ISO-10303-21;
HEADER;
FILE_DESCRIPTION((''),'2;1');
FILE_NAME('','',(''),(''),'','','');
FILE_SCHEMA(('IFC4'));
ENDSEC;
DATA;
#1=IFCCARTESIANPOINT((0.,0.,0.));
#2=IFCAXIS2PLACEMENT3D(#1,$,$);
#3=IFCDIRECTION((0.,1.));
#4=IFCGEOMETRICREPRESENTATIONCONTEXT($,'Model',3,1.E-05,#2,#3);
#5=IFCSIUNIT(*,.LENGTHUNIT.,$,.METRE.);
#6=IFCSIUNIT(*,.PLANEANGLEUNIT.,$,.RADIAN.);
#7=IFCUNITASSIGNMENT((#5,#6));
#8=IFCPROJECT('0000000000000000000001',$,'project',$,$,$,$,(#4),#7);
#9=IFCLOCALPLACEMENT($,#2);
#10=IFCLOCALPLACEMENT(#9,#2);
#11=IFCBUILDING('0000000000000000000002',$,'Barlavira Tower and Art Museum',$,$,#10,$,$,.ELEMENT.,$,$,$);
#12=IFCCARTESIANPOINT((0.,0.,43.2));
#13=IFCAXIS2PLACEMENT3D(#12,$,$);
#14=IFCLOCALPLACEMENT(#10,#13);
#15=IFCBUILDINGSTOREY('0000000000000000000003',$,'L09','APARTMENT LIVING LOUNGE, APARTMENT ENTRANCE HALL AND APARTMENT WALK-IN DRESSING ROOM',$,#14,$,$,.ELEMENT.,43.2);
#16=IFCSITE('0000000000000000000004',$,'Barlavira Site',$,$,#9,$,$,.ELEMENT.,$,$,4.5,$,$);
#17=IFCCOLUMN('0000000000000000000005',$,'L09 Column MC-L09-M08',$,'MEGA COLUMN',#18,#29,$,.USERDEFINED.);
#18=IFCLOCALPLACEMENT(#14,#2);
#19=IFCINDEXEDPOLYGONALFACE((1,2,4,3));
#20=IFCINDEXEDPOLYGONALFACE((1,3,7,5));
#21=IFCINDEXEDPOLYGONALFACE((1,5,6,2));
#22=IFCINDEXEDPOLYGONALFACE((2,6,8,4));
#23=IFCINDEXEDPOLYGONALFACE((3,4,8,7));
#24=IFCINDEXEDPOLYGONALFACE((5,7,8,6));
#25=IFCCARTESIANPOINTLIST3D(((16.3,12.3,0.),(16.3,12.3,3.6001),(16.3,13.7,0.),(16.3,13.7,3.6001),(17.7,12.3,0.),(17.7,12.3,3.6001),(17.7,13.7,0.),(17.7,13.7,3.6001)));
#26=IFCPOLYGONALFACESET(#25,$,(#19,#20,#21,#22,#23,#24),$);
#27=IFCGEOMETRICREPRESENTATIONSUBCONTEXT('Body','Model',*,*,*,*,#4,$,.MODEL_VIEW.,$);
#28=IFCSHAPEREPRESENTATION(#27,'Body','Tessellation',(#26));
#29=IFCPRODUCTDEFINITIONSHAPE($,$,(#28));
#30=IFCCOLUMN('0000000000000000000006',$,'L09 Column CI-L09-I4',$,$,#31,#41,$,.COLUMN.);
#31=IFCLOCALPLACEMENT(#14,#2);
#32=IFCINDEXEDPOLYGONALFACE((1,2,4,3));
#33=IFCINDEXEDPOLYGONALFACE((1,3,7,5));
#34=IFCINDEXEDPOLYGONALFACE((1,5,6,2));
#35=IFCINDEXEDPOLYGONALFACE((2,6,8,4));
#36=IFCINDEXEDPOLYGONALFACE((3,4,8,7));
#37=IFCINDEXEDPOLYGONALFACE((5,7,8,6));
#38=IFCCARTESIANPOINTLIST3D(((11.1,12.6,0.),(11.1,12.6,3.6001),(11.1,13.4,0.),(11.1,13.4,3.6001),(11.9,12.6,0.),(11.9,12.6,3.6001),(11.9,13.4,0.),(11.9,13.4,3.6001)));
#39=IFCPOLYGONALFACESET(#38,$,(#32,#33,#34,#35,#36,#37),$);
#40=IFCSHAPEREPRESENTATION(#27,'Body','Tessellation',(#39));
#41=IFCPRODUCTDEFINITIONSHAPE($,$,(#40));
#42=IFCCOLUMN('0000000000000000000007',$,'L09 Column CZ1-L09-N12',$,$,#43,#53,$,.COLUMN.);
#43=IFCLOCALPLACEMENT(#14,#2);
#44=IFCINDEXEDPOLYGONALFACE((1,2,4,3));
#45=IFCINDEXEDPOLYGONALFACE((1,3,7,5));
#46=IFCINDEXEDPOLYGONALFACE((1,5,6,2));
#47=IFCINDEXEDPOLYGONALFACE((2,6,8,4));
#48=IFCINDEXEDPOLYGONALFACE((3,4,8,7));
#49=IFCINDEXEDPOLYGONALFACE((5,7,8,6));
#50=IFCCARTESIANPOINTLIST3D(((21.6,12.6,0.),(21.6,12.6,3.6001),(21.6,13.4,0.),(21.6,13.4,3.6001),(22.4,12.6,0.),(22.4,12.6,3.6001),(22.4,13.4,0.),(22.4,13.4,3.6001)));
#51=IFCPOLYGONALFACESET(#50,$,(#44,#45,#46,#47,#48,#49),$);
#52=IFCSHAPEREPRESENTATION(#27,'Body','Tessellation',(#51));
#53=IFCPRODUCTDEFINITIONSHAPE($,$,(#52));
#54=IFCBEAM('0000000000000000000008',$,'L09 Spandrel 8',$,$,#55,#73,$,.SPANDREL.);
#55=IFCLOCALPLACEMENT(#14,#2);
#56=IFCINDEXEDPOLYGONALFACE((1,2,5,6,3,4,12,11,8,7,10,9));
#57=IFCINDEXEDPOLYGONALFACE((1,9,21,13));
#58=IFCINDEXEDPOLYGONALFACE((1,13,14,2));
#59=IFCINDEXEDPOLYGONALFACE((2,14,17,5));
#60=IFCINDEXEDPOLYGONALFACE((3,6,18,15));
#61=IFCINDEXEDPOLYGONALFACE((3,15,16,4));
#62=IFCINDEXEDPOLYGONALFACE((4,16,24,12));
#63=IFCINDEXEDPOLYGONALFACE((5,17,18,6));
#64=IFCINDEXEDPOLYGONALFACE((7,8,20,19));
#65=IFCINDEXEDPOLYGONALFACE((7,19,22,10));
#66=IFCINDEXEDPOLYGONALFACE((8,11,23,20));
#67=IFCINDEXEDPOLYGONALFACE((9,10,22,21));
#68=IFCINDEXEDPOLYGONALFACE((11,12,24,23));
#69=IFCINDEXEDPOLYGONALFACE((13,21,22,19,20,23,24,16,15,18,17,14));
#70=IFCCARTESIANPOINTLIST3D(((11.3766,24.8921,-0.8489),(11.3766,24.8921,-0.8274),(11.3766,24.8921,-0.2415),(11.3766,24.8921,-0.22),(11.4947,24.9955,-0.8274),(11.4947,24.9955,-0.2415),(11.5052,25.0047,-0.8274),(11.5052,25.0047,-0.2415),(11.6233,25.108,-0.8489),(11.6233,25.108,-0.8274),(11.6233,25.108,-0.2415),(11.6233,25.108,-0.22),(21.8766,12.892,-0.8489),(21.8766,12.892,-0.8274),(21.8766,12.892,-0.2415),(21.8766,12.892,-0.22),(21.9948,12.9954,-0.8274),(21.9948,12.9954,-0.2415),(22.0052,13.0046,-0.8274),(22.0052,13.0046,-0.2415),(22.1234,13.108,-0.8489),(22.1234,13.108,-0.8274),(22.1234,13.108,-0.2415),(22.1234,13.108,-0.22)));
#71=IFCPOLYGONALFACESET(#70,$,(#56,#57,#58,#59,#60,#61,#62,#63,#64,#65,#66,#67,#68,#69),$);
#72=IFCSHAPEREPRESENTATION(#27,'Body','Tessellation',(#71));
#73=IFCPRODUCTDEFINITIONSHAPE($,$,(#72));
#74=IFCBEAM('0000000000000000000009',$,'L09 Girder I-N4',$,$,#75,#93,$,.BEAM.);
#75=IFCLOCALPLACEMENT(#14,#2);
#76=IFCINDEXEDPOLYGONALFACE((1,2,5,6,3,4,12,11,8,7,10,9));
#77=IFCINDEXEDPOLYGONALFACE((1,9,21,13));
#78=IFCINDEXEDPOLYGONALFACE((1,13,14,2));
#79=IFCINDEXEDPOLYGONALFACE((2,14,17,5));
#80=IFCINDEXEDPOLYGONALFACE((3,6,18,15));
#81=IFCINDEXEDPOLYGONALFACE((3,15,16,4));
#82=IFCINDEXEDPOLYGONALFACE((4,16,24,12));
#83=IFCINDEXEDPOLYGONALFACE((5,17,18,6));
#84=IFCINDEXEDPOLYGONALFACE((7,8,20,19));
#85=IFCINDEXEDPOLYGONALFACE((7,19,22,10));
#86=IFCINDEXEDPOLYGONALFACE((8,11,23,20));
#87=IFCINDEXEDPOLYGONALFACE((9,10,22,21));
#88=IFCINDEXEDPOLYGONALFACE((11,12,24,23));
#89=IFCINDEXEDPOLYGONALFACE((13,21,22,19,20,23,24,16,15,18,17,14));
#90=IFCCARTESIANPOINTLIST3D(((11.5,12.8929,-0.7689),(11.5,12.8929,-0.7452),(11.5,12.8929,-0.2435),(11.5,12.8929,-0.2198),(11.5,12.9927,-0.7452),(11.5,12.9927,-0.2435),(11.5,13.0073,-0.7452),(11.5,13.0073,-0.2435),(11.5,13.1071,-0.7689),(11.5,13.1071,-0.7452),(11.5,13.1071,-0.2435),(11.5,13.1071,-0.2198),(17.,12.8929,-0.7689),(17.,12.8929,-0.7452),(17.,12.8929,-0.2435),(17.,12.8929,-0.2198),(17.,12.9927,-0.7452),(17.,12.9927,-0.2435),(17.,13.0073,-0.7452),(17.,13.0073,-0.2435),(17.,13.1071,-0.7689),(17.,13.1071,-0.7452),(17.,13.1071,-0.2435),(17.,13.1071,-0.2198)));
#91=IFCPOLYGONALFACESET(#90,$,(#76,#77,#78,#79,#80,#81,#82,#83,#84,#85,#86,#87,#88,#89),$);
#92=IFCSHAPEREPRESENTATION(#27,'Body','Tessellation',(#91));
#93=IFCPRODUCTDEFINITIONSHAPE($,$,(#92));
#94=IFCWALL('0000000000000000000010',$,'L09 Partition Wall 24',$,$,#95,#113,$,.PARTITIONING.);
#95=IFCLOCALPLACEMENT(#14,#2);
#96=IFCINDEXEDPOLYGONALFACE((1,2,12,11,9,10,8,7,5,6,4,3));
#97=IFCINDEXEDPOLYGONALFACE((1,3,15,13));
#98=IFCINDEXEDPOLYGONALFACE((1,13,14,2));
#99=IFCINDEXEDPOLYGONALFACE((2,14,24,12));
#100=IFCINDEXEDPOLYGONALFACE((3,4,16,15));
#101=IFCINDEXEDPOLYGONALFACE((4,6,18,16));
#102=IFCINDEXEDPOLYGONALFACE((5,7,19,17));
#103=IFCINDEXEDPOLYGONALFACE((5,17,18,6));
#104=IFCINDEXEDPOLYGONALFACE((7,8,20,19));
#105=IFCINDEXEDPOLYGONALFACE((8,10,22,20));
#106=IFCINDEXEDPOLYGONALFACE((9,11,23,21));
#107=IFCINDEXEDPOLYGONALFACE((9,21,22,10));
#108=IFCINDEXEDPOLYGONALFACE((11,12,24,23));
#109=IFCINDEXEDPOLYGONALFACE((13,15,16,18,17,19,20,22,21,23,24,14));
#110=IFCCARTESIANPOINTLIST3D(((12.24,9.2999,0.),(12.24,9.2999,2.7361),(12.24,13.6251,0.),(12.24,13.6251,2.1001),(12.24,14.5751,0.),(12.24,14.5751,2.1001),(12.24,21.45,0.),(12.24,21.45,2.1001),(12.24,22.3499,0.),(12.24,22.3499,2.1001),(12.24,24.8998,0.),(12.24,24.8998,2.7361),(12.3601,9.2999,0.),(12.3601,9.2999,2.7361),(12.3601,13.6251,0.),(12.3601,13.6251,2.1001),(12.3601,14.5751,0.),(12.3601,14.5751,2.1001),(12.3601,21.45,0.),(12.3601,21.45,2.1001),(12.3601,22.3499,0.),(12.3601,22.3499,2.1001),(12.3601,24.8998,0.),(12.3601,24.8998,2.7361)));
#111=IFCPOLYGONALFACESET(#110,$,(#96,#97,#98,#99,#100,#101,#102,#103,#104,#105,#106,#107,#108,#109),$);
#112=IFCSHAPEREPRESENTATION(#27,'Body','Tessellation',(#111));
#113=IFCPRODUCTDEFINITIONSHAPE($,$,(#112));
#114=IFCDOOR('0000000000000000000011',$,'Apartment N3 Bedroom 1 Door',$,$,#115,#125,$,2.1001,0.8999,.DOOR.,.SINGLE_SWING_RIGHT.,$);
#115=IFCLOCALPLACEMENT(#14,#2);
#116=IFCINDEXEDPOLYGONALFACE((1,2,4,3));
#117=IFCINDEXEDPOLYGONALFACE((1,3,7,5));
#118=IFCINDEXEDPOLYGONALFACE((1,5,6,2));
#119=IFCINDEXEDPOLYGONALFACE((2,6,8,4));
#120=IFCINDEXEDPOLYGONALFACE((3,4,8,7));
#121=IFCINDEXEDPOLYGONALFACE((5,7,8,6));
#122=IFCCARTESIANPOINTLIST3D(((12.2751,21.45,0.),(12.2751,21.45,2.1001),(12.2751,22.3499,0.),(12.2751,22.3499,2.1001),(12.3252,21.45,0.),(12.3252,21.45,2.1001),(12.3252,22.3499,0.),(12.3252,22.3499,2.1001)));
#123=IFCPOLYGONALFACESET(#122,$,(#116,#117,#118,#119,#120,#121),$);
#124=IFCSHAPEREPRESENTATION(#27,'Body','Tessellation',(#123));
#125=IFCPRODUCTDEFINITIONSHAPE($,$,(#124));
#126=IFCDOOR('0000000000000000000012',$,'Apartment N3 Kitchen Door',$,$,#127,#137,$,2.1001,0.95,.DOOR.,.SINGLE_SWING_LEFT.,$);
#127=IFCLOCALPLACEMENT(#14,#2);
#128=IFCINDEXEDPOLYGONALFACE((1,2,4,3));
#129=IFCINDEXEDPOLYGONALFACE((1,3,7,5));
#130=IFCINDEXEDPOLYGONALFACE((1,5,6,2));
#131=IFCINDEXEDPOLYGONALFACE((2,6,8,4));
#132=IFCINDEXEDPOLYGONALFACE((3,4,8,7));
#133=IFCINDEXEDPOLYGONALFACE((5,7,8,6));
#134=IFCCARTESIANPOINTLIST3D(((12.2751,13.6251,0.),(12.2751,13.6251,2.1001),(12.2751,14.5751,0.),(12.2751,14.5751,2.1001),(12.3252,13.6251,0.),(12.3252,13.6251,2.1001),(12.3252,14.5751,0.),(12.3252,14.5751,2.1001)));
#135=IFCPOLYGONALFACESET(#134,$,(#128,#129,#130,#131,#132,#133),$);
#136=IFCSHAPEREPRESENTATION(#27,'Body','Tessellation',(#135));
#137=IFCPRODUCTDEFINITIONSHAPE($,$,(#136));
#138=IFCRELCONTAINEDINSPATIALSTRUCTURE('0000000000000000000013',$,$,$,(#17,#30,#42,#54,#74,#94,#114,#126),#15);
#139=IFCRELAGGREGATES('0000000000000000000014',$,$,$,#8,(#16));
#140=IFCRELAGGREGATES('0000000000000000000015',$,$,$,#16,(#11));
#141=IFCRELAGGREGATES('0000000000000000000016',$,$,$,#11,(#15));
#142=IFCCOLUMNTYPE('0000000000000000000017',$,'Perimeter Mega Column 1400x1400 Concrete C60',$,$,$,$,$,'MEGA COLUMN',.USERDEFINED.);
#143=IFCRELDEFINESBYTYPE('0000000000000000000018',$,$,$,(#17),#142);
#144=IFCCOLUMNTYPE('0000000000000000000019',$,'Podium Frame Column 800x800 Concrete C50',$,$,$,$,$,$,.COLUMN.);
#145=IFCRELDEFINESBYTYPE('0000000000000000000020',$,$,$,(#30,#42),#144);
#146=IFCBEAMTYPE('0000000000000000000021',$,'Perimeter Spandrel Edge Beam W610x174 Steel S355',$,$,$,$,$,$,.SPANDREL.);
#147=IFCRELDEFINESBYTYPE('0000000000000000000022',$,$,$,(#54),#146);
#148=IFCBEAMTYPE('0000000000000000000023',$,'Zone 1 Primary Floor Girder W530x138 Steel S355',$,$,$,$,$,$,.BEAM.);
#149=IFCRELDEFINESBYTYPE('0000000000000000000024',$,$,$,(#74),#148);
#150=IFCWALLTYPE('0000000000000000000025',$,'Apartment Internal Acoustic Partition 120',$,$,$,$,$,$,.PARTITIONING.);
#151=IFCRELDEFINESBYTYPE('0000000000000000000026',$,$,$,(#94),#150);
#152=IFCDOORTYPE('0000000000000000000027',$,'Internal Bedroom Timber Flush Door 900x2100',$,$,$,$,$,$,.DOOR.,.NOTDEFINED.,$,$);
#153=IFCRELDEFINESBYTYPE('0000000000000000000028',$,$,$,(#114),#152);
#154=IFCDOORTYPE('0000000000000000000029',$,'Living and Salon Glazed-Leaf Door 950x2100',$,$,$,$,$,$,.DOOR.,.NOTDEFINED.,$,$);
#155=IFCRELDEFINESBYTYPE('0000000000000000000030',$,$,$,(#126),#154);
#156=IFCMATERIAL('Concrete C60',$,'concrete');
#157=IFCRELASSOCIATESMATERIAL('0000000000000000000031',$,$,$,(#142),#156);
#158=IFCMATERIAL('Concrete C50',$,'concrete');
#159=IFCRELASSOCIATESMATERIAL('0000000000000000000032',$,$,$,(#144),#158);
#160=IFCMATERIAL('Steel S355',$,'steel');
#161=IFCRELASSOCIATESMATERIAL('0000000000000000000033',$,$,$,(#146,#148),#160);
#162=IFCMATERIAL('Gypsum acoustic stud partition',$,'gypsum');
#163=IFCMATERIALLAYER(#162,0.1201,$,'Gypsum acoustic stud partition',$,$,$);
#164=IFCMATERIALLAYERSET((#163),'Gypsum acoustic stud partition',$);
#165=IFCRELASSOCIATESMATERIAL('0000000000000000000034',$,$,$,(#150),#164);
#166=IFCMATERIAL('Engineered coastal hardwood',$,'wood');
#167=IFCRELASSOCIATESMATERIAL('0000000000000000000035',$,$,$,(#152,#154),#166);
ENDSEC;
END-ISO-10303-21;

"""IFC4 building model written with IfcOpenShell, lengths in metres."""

from ifc_helpers import new_model, si_unit, direction, frame, frame_2d, origin, origin_2d, place, context, subcontext, project, spatial, rectangle, i_section, extrude, material, layer, layer_set, material_profile, profile_set, type_object, element, fill, save


model = new_model("IFC4")

# Units and contexts
model_context = context("Model", 3, precision=1e-05, world=origin(), true_north=direction((0.0, 1.0)))
body_context = subcontext(model_context, "Body", "Model", "MODEL_VIEW")
ifc_project = project(units=[si_unit("LENGTHUNIT", "METRE"), si_unit("PLANEANGLEUNIT", "RADIAN")], contexts=[model_context])

# Site, building, storey
site_placement = place(None, origin())
site = spatial("IfcSite", under=ifc_project, at=site_placement, Name="Barlavira Site", CompositionType="ELEMENT", RefElevation=4.5)
building_placement = place(site_placement, origin())
building = spatial("IfcBuilding", under=site, at=building_placement, Name="Barlavira Tower and Art Museum", CompositionType="ELEMENT")
storey_placement = place(building_placement, frame((0.0, 0.0, 43.2)))
storey = spatial("IfcBuildingStorey", under=building, at=storey_placement, Name="L09", Description="APARTMENT LIVING LOUNGE, APARTMENT ENTRANCE HALL AND APARTMENT WALK-IN DRESSING ROOM", CompositionType="ELEMENT", Elevation=43.2)

# Columns
ifc_material_1 = material(Name="Concrete C60", Category="concrete")
ifc_material_profile_1 = material_profile(ifc_material_1, rectangle(XDim=1.3999, YDim=1.3999, at=origin_2d()), Name="RC-MCOL 1400x1400")
ifc_profile_set_1 = profile_set([ifc_material_profile_1], Name="Concrete C60")
column_type_1 = type_object("IfcColumnType", Name="Perimeter Mega Column 1400x1400 Concrete C60", ElementType="MEGA COLUMN", PredefinedType="USERDEFINED", material=ifc_profile_set_1)
column_placement = place(storey_placement, frame((17.0, 13.0, 0.0), z_axis=(0.0, 0.0, 1.0), x_axis=(1.0, 0.0, 0.0)))
element("IfcColumn", 1, at=column_placement, inside=storey, type_object=column_type_1, Name="L09 Column MC-L09-M08", ObjectType="MEGA COLUMN", PredefinedType="USERDEFINED", context=body_context, shape_type="SweptSolid", body=[
    extrude(rectangle(XDim=1.3999, YDim=1.3999, at=origin_2d()), origin(), (0.0, 0.0, 1.0), 3.6001),
])
ifc_material_2 = material(Name="Concrete C50", Category="concrete")
ifc_material_profile_2 = material_profile(ifc_material_2, rectangle(XDim=0.8, YDim=0.8, at=origin_2d()), Name="RC-COL 800x800")
ifc_profile_set_2 = profile_set([ifc_material_profile_2], Name="Concrete C50")
column_type_2 = type_object("IfcColumnType", Name="Podium Frame Column 800x800 Concrete C50", PredefinedType="COLUMN", material=ifc_profile_set_2)
for number, where, z_axis, x_axis, name in (
    (2, (11.5, 13.0, 0.0), (0.0, 0.0, 1.0), (1.0, 0.0, 0.0), "L09 Column CI-L09-I4"),
    (3, (22.0, 13.0, 0.0), (0.0, 0.0, 1.0), (1.0, 0.0, 0.0), "L09 Column CZ1-L09-N12"),
):
    element("IfcColumn", number, at=place(storey_placement, frame(where, z_axis=z_axis, x_axis=x_axis)), inside=storey, type_object=column_type_2, Name=name, PredefinedType="COLUMN", context=body_context, shape_type="SweptSolid", body=[
        extrude(rectangle(XDim=0.8, YDim=0.8, at=origin_2d()), origin(), (0.0, 0.0, 1.0), 3.6001),
    ])

# Beams
ifc_material_3 = material(Name="Steel S355", Category="steel")
ifc_material_profile_3 = material_profile(ifc_material_3, i_section(OverallWidth=0.3279, OverallDepth=0.6289, WebThickness=0.0139, FlangeThickness=0.0215, at=origin_2d()), Name="W610x174.0")
ifc_profile_set_3 = profile_set([ifc_material_profile_3], Name="Steel S355")
beam_type_1 = type_object("IfcBeamType", Name="Perimeter Spandrel Edge Beam W610x174 Steel S355", PredefinedType="SPANDREL", material=ifc_profile_set_3)
beam_1_placement = place(storey_placement, frame((22.0, 13.0, -0.5344), z_axis=(-0.658505, 0.752577, 0.0), x_axis=(-0.752577, -0.658505, 0.0)))
element("IfcBeam", 4, at=beam_1_placement, inside=storey, type_object=beam_type_1, Name="L09 Spandrel 8", PredefinedType="SPANDREL", context=body_context, shape_type="SweptSolid", body=[
    extrude(i_section(OverallWidth=0.3279, OverallDepth=0.6289, WebThickness=0.0139, FlangeThickness=0.0215, at=origin_2d()), origin(), (0.0, 0.0, 1.0), 15.9453),
])
ifc_material_profile_4 = material_profile(ifc_material_3, i_section(OverallWidth=0.2141, OverallDepth=0.5491, WebThickness=0.0146, FlangeThickness=0.0237, at=origin_2d()), Name="W530x138.0")
ifc_profile_set_4 = profile_set([ifc_material_profile_4], Name="Steel S355")
beam_type_2 = type_object("IfcBeamType", Name="Zone 1 Primary Floor Girder W530x138 Steel S355", PredefinedType="BEAM", material=ifc_profile_set_4)
beam_2_placement = place(storey_placement, frame((11.5, 13.0, -0.4944), z_axis=(1.0, 0.0, 0.0), x_axis=(0.0, 1.0, 0.0)))
element("IfcBeam", 5, at=beam_2_placement, inside=storey, type_object=beam_type_2, Name="L09 Girder I-N4", PredefinedType="BEAM", context=body_context, shape_type="SweptSolid", body=[
    extrude(i_section(OverallWidth=0.2141, OverallDepth=0.5491, WebThickness=0.0146, FlangeThickness=0.0237, at=origin_2d()), origin(), (0.0, 0.0, 1.0), 5.5),
])

# Wall, openings, doors
ifc_material_4 = material(Name="Gypsum acoustic stud partition", Category="gypsum")
ifc_layer_1 = layer(ifc_material_4, 0.1201, Name="Gypsum acoustic stud partition")
ifc_layer_set_1 = layer_set([ifc_layer_1], Name="Gypsum acoustic stud partition")
wall_type_1 = type_object("IfcWallType", Name="Apartment Internal Acoustic Partition 120", PredefinedType="PARTITIONING", material=ifc_layer_set_1)
wall_1_placement = place(storey_placement, frame((12.3, 9.3, 0.0), z_axis=(0.0, 0.0, 1.0), x_axis=(0.0, 1.0, 0.0)))
wall_1 = element("IfcWall", 6, at=wall_1_placement, inside=storey, type_object=wall_type_1, Name="L09 Partition Wall 24", PredefinedType="PARTITIONING", context=body_context, shape_type="SweptSolid", body=[
    extrude(rectangle(XDim=15.5999, YDim=0.1201, at=frame_2d((7.7998, 0.0))), origin(), (0.0, 0.0, 1.0), 2.7361),
])
opening_1_placement = place(wall_1_placement, frame((4.325, 0.0, 0.0)))
opening_1 = element("IfcOpeningElement", 7, at=opening_1_placement, cuts=wall_1, PredefinedType="OPENING", context=body_context, shape_type="SweptSolid", body=[
    extrude(rectangle(XDim=0.95, YDim=2.1001, at=frame_2d((0.4751, 1.05))), frame((0.0, 0.0701, 0.0), z_axis=(0.0, -1.0, 0.0), x_axis=(1.0, 0.0, 0.0)), (0.0, 0.0, 1.0), 0.1401),
])
opening_2_placement = place(wall_1_placement, frame((12.1499, 0.0, 0.0)))
opening_2 = element("IfcOpeningElement", 8, at=opening_2_placement, cuts=wall_1, PredefinedType="OPENING", context=body_context, shape_type="SweptSolid", body=[
    extrude(rectangle(XDim=0.8999, YDim=2.1001, at=frame_2d((0.45, 1.05))), frame((0.0, 0.0701, 0.0), z_axis=(0.0, -1.0, 0.0), x_axis=(1.0, 0.0, 0.0)), (0.0, 0.0, 1.0), 0.1401),
])
ifc_material_5 = material(Name="Engineered coastal hardwood", Category="wood")
door_type_1 = type_object("IfcDoorType", Name="Internal Bedroom Timber Flush Door 900x2100", OperationType="NOTDEFINED", PredefinedType="DOOR", material=ifc_material_5)
door_1_placement = place(opening_2_placement, origin())
door_1 = element("IfcDoor", 9, at=door_1_placement, inside=storey, type_object=door_type_1, Name="Apartment N3 Bedroom 1 Door", OperationType="SINGLE_SWING_RIGHT", OverallHeight=2.1001, OverallWidth=0.8999, PredefinedType="DOOR", context=body_context, shape_type="SweptSolid", body=[
    extrude(rectangle(XDim=0.8999, YDim=2.1001, at=frame_2d((0.45, 1.05))), frame((0.0, 0.0249, 0.0), z_axis=(0.0, -1.0, 0.0), x_axis=(1.0, 0.0, 0.0)), (0.0, 0.0, 1.0), 0.05),
])
fill(opening_2, door_1)
door_type_2 = type_object("IfcDoorType", Name="Living and Salon Glazed-Leaf Door 950x2100", OperationType="NOTDEFINED", PredefinedType="DOOR", material=ifc_material_5)
door_2_placement = place(opening_1_placement, origin())
door_2 = element("IfcDoor", 10, at=door_2_placement, inside=storey, type_object=door_type_2, Name="Apartment N3 Kitchen Door", OperationType="SINGLE_SWING_LEFT", OverallHeight=2.1001, OverallWidth=0.95, PredefinedType="DOOR", context=body_context, shape_type="SweptSolid", body=[
    extrude(rectangle(XDim=0.95, YDim=2.1001, at=frame_2d((0.4751, 1.05))), frame((0.0, 0.0249, 0.0), z_axis=(0.0, -1.0, 0.0), x_axis=(1.0, 0.0, 0.0)), (0.0, 0.0, 1.0), 0.05),
])
fill(opening_1, door_2)

save(model, "model.ifc")
